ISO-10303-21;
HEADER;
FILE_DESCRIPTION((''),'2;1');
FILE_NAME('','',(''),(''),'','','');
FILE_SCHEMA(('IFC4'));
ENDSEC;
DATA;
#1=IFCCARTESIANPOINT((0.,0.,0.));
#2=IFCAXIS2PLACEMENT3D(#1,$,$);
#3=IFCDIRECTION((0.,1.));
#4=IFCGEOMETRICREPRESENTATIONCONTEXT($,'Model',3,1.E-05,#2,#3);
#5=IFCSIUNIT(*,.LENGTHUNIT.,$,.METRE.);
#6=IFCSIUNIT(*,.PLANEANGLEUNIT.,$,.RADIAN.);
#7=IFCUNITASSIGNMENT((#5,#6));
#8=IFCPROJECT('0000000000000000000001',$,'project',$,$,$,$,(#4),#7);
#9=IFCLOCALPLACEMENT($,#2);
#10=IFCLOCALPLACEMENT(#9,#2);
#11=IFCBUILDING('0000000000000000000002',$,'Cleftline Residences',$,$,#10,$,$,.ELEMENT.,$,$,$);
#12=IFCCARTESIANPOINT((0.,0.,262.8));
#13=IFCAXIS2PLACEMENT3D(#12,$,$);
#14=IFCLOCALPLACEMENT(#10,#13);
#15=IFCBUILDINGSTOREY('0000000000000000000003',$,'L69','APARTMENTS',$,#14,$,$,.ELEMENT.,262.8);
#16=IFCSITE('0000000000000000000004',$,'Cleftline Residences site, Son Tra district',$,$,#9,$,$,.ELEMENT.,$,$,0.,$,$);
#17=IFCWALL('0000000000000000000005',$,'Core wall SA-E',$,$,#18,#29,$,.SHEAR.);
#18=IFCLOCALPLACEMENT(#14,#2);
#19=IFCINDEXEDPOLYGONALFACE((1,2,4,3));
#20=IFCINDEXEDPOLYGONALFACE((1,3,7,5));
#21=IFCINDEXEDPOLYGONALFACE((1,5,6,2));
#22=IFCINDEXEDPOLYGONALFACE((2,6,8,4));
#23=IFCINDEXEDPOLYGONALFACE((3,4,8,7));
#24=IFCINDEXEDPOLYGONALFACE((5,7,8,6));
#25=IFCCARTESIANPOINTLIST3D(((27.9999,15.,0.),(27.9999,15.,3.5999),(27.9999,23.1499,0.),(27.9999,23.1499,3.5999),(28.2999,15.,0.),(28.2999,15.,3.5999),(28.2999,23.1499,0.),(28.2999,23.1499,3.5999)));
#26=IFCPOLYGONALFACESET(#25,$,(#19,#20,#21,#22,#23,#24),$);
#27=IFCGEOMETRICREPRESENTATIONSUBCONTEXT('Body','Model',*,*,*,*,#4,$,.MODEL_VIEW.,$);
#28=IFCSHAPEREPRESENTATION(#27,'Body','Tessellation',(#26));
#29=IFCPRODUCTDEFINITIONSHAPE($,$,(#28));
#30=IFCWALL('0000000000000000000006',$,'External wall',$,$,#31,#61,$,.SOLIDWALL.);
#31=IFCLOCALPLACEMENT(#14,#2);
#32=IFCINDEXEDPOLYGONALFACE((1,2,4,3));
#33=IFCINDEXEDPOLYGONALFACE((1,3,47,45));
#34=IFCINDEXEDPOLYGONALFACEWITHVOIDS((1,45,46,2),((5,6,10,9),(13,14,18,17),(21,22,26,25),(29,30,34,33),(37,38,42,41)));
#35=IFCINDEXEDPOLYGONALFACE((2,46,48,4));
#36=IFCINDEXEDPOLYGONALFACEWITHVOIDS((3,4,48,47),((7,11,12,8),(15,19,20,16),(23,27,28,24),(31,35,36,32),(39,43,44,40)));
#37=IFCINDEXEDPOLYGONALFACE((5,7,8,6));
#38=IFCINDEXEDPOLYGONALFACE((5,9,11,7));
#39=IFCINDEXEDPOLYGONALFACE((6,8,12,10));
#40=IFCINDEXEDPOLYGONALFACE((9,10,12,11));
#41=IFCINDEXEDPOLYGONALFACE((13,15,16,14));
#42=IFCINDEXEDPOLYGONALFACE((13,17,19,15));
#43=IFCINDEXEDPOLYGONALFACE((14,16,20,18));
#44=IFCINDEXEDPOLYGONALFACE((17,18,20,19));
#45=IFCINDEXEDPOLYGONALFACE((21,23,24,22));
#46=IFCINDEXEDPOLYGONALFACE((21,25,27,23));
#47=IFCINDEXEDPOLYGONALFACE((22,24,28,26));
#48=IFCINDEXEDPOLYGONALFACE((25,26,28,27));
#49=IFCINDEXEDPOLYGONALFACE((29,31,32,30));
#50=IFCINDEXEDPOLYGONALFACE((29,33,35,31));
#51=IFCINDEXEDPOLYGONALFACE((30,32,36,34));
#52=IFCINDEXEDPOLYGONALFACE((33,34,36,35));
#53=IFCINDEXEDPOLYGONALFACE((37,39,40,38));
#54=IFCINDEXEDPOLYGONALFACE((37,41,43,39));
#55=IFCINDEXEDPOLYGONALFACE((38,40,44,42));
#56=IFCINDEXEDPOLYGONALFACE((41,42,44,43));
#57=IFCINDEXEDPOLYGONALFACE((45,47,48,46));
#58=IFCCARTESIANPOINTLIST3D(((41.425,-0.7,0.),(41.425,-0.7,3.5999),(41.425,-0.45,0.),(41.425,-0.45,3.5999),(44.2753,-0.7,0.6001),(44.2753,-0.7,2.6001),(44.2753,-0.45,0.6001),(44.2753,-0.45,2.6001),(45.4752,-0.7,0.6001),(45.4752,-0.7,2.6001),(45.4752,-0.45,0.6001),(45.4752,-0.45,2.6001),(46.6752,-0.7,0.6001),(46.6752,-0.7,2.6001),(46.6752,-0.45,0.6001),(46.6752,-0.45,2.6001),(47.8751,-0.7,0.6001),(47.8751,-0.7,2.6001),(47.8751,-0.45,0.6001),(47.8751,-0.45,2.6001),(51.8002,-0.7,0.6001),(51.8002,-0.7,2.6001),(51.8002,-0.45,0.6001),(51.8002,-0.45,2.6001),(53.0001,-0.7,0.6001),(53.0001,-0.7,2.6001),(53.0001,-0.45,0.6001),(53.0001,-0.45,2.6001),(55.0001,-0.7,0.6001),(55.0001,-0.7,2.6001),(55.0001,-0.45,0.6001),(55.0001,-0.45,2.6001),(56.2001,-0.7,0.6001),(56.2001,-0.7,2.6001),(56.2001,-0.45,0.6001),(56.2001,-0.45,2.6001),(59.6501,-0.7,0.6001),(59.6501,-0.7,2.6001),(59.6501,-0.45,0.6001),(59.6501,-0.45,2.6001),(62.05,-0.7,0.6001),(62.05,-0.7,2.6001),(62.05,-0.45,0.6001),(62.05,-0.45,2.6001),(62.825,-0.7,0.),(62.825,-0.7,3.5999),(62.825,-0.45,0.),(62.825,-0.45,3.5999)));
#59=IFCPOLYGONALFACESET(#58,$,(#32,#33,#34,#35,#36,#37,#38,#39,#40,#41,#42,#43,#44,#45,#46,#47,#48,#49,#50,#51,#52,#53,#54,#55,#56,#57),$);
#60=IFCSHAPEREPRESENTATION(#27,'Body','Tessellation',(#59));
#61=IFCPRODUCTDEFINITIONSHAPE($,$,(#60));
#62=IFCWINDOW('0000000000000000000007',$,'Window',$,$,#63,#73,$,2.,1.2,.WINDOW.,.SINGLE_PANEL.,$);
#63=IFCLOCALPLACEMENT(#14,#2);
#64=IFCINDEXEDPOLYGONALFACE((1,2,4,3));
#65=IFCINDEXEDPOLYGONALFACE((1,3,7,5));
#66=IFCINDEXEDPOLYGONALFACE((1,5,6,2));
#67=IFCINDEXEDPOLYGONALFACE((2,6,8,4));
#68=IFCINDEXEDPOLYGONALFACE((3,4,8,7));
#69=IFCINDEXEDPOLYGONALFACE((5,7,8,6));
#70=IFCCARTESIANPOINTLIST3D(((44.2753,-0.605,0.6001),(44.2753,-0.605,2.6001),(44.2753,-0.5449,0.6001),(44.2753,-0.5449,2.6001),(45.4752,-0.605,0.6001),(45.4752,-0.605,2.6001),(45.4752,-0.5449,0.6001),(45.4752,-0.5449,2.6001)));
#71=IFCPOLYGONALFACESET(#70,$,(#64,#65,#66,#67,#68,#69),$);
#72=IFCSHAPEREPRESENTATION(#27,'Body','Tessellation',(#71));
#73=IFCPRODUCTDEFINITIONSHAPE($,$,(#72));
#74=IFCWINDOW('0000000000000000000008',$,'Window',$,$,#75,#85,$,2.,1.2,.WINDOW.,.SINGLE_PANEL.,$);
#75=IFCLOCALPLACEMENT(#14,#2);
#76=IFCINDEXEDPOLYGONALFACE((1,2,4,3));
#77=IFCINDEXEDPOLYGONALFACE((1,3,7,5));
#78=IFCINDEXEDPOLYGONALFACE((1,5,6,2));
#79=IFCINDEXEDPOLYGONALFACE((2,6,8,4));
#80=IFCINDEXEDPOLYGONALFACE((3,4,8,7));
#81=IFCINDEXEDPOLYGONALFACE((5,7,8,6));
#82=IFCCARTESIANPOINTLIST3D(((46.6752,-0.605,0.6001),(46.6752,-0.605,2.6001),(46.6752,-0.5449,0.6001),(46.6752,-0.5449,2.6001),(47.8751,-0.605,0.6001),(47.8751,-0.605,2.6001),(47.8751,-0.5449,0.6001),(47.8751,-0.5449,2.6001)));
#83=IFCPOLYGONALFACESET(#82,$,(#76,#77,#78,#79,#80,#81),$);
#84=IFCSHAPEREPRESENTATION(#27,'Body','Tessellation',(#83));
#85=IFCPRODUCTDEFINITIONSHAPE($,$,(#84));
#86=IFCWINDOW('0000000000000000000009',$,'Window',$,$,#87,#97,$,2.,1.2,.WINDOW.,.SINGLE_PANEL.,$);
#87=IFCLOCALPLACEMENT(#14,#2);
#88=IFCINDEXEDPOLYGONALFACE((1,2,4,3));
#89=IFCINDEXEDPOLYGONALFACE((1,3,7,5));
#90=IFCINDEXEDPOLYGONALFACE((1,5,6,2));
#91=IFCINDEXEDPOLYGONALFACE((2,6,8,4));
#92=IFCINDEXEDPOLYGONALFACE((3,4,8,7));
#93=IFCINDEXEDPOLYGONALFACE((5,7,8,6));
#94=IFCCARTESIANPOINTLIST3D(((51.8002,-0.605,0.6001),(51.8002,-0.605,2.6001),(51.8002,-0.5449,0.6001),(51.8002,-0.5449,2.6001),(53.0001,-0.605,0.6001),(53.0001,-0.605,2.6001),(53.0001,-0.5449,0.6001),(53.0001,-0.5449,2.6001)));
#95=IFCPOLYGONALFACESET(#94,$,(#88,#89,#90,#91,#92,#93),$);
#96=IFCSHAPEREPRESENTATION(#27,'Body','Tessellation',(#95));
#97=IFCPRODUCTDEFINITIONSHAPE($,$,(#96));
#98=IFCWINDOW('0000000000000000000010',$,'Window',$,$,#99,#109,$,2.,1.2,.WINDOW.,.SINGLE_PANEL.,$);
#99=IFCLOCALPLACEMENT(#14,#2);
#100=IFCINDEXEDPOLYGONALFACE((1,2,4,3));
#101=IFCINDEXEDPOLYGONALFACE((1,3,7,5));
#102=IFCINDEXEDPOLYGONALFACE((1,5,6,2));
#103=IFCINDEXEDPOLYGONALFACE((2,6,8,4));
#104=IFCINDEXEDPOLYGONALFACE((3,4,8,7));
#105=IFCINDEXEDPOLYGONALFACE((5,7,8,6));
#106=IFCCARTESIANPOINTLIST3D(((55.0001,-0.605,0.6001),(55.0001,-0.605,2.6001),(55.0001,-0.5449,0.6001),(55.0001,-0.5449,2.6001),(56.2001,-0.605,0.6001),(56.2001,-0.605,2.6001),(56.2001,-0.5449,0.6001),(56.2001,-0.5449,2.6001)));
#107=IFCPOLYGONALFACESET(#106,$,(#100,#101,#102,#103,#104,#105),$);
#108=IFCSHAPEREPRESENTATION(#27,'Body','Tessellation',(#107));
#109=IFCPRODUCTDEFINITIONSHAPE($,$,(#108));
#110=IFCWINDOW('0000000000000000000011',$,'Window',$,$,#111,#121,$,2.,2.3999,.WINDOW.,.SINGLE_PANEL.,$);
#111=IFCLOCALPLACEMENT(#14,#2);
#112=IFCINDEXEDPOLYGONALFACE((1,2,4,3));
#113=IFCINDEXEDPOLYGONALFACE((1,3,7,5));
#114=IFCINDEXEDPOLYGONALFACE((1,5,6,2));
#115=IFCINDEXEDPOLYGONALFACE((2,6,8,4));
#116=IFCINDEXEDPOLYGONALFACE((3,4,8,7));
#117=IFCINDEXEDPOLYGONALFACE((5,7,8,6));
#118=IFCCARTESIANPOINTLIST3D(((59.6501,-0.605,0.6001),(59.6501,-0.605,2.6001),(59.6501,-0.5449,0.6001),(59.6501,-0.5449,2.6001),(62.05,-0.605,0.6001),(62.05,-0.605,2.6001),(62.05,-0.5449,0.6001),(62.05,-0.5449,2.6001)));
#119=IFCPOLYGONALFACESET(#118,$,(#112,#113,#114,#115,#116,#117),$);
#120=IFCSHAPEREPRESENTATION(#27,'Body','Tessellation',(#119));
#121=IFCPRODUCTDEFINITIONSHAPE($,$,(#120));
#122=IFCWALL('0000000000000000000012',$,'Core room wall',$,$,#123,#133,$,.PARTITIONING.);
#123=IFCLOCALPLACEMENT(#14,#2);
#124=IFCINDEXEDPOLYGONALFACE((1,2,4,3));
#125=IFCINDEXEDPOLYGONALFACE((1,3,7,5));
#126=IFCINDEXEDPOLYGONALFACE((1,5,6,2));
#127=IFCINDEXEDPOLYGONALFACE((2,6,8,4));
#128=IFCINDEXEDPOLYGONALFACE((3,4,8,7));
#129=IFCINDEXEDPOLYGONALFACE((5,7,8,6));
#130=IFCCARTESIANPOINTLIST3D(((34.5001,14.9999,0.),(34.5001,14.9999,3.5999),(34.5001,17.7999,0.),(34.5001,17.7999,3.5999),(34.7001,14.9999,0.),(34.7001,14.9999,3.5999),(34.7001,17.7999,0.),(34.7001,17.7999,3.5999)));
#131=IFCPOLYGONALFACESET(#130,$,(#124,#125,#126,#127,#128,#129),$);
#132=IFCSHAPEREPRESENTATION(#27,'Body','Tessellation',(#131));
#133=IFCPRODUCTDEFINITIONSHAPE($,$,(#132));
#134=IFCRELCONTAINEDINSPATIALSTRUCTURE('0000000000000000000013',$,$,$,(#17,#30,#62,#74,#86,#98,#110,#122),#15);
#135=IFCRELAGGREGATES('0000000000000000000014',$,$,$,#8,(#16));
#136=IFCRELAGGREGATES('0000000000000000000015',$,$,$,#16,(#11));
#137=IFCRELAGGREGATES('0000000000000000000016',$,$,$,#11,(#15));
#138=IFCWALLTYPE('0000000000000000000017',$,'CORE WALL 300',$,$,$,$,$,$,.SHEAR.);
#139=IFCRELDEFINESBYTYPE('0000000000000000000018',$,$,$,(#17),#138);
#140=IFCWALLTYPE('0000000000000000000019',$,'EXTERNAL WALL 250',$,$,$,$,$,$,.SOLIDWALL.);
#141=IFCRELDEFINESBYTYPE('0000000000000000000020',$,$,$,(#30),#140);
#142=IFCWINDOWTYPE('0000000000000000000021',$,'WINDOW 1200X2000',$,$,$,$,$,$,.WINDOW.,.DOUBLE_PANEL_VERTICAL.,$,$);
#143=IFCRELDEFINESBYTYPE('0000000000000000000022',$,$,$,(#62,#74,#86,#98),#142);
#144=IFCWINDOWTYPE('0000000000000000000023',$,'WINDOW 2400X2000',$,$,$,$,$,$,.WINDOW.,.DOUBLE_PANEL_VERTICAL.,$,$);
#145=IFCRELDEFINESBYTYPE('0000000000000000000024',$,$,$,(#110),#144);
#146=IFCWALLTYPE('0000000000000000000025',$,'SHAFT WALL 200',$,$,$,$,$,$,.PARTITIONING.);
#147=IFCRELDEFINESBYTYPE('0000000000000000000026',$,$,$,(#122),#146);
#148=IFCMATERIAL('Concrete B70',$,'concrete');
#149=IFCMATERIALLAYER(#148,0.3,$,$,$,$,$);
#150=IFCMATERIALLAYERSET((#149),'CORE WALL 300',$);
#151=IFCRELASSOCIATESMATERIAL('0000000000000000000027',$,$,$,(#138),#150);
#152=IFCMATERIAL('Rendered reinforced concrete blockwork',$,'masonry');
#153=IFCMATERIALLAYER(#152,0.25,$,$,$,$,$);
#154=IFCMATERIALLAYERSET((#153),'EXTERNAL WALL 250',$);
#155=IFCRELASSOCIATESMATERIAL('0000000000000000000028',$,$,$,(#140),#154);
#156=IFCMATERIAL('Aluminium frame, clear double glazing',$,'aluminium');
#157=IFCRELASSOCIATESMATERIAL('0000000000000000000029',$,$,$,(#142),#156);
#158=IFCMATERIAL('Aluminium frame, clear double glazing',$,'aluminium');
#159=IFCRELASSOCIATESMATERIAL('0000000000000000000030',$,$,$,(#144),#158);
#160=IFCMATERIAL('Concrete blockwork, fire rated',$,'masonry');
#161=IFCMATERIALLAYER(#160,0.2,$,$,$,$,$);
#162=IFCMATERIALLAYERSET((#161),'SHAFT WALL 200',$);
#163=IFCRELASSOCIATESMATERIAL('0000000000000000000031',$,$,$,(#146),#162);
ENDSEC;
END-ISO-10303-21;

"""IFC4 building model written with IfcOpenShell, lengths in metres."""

from ifc_helpers import new_model, si_unit, direction, frame, frame_2d, origin, place, context, subcontext, project, spatial, rectangle, extrude, material, layer, layer_set, type_object, element, fill, save


model = new_model("IFC4")

# Units and contexts
model_context = context("Model", 3, precision=1e-05, world=origin(), true_north=direction((0.0, 1.0)))
body_context = subcontext(model_context, "Body", "Model", "MODEL_VIEW")
ifc_project = project(units=[si_unit("LENGTHUNIT", "METRE"), si_unit("PLANEANGLEUNIT", "RADIAN")], contexts=[model_context])

# Site, building, storey
site_placement = place(None, origin())
site = spatial("IfcSite", under=ifc_project, at=site_placement, Name="Cleftline Residences site, Son Tra district", CompositionType="ELEMENT", RefElevation=0.0)
building_placement = place(site_placement, origin())
building = spatial("IfcBuilding", under=site, at=building_placement, Name="Cleftline Residences", CompositionType="ELEMENT")
storey_placement = place(building_placement, frame((0.0, 0.0, 262.8)))
storey = spatial("IfcBuildingStorey", under=building, at=storey_placement, Name="L69", Description="APARTMENTS", CompositionType="ELEMENT", Elevation=262.8)

# Wall
ifc_material_1 = material(Name="Concrete B70", Category="concrete")
ifc_layer_1 = layer(ifc_material_1, 0.3)
ifc_layer_set_1 = layer_set([ifc_layer_1], Name="CORE WALL 300")
wall_type_1 = type_object("IfcWallType", Name="CORE WALL 300", PredefinedType="SHEAR", material=ifc_layer_set_1)
wall_1_placement = place(storey_placement, frame((28.1499, 15.0, 0.0), z_axis=(0.0, 0.0, 1.0), x_axis=(0.0, 1.0, 0.0)))
element("IfcWall", 1, at=wall_1_placement, inside=storey, type_object=wall_type_1, Name="Core wall SA-E", PredefinedType="SHEAR", context=body_context, shape_type="SweptSolid", body=[
    extrude(rectangle(XDim=8.1499, YDim=0.3, at=frame_2d((4.075, 0.0))), origin(), (0.0, 0.0, 1.0), 3.5999),
])

# Wall, openings, windows
ifc_material_2 = material(Name="Rendered reinforced concrete blockwork", Category="masonry")
ifc_layer_2 = layer(ifc_material_2, 0.25)
ifc_layer_set_2 = layer_set([ifc_layer_2], Name="EXTERNAL WALL 250")
wall_type_2 = type_object("IfcWallType", Name="EXTERNAL WALL 250", PredefinedType="SOLIDWALL", material=ifc_layer_set_2)
wall_2_placement = place(storey_placement, frame((41.425, -0.575, 0.0), z_axis=(0.0, 0.0, 1.0), x_axis=(1.0, 0.0, 0.0)))
wall_2 = element("IfcWall", 2, at=wall_2_placement, inside=storey, type_object=wall_type_2, Name="External wall", PredefinedType="SOLIDWALL", context=body_context, shape_type="SweptSolid", body=[
    extrude(rectangle(XDim=21.3999, YDim=0.25, at=frame_2d((10.7, 0.0))), origin(), (0.0, 0.0, 1.0), 3.5999),
])
opening_1_placement = place(wall_2_placement, frame((2.8501, 0.0, 0.6001)))
opening_1 = element("IfcOpeningElement", 3, at=opening_1_placement, cuts=wall_2, PredefinedType="OPENING", context=body_context, shape_type="SweptSolid", body=[
    extrude(rectangle(XDim=1.2, YDim=2.0, at=frame_2d((0.6001, 1.0))), frame((0.0, 0.135, 0.0), z_axis=(0.0, -1.0, 0.0), x_axis=(1.0, 0.0, 0.0)), (0.0, 0.0, 1.0), 0.27),
])
opening_2_placement = place(wall_2_placement, frame((5.25, 0.0, 0.6001)))
opening_2 = element("IfcOpeningElement", 4, at=opening_2_placement, cuts=wall_2, PredefinedType="OPENING", context=body_context, shape_type="SweptSolid", body=[
    extrude(rectangle(XDim=1.2, YDim=2.0, at=frame_2d((0.6001, 1.0))), frame((0.0, 0.135, 0.0), z_axis=(0.0, -1.0, 0.0), x_axis=(1.0, 0.0, 0.0)), (0.0, 0.0, 1.0), 0.27),
])
opening_3_placement = place(wall_2_placement, frame((10.375, 0.0, 0.6001)))
opening_3 = element("IfcOpeningElement", 5, at=opening_3_placement, cuts=wall_2, PredefinedType="OPENING", context=body_context, shape_type="SweptSolid", body=[
    extrude(rectangle(XDim=1.2, YDim=2.0, at=frame_2d((0.6001, 1.0))), frame((0.0, 0.135, 0.0), z_axis=(0.0, -1.0, 0.0), x_axis=(1.0, 0.0, 0.0)), (0.0, 0.0, 1.0), 0.27),
])
opening_4_placement = place(wall_2_placement, frame((13.575, 0.0, 0.6001)))
opening_4 = element("IfcOpeningElement", 6, at=opening_4_placement, cuts=wall_2, PredefinedType="OPENING", context=body_context, shape_type="SweptSolid", body=[
    extrude(rectangle(XDim=1.2, YDim=2.0, at=frame_2d((0.6001, 1.0))), frame((0.0, 0.135, 0.0), z_axis=(0.0, -1.0, 0.0), x_axis=(1.0, 0.0, 0.0)), (0.0, 0.0, 1.0), 0.27),
])
opening_5_placement = place(wall_2_placement, frame((18.2251, 0.0, 0.6001)))
opening_5 = element("IfcOpeningElement", 7, at=opening_5_placement, cuts=wall_2, PredefinedType="OPENING", context=body_context, shape_type="SweptSolid", body=[
    extrude(rectangle(XDim=2.3999, YDim=2.0, at=frame_2d((1.2, 1.0))), frame((0.0, 0.135, 0.0), z_axis=(0.0, -1.0, 0.0), x_axis=(1.0, 0.0, 0.0)), (0.0, 0.0, 1.0), 0.27),
])
ifc_material_3 = material(Name="Aluminium frame, clear double glazing", Category="aluminium")
window_type_1 = type_object("IfcWindowType", Name="WINDOW 1200X2000", PartitioningType="DOUBLE_PANEL_VERTICAL", PredefinedType="WINDOW", material=ifc_material_3)
window_1_placement = place(opening_1_placement, origin())
window_1 = element("IfcWindow", 8, at=window_1_placement, inside=storey, type_object=window_type_1, Name="Window", OverallHeight=2.0, OverallWidth=1.2, PartitioningType="SINGLE_PANEL", PredefinedType="WINDOW", context=body_context, shape_type="SweptSolid", body=[
    extrude(rectangle(XDim=1.2, YDim=2.0, at=frame_2d((0.6001, 1.0))), frame((0.0, 0.03, 0.0), z_axis=(0.0, -1.0, 0.0), x_axis=(1.0, 0.0, 0.0)), (0.0, 0.0, 1.0), 0.0601),
])
fill(opening_1, window_1)
window_2_placement = place(opening_2_placement, origin())
window_2 = element("IfcWindow", 9, at=window_2_placement, inside=storey, type_object=window_type_1, Name="Window", OverallHeight=2.0, OverallWidth=1.2, PartitioningType="SINGLE_PANEL", PredefinedType="WINDOW", context=body_context, shape_type="SweptSolid", body=[
    extrude(rectangle(XDim=1.2, YDim=2.0, at=frame_2d((0.6001, 1.0))), frame((0.0, 0.03, 0.0), z_axis=(0.0, -1.0, 0.0), x_axis=(1.0, 0.0, 0.0)), (0.0, 0.0, 1.0), 0.0601),
])
fill(opening_2, window_2)
window_3_placement = place(opening_3_placement, origin())
window_3 = element("IfcWindow", 10, at=window_3_placement, inside=storey, type_object=window_type_1, Name="Window", OverallHeight=2.0, OverallWidth=1.2, PartitioningType="SINGLE_PANEL", PredefinedType="WINDOW", context=body_context, shape_type="SweptSolid", body=[
    extrude(rectangle(XDim=1.2, YDim=2.0, at=frame_2d((0.6001, 1.0))), frame((0.0, 0.03, 0.0), z_axis=(0.0, -1.0, 0.0), x_axis=(1.0, 0.0, 0.0)), (0.0, 0.0, 1.0), 0.0601),
])
fill(opening_3, window_3)
window_4_placement = place(opening_4_placement, origin())
window_4 = element("IfcWindow", 11, at=window_4_placement, inside=storey, type_object=window_type_1, Name="Window", OverallHeight=2.0, OverallWidth=1.2, PartitioningType="SINGLE_PANEL", PredefinedType="WINDOW", context=body_context, shape_type="SweptSolid", body=[
    extrude(rectangle(XDim=1.2, YDim=2.0, at=frame_2d((0.6001, 1.0))), frame((0.0, 0.03, 0.0), z_axis=(0.0, -1.0, 0.0), x_axis=(1.0, 0.0, 0.0)), (0.0, 0.0, 1.0), 0.0601),
])
fill(opening_4, window_4)
ifc_material_4 = material(Name="Aluminium frame, clear double glazing", Category="aluminium")
window_type_2 = type_object("IfcWindowType", Name="WINDOW 2400X2000", PartitioningType="DOUBLE_PANEL_VERTICAL", PredefinedType="WINDOW", material=ifc_material_4)
window_5_placement = place(opening_5_placement, origin())
window_5 = element("IfcWindow", 12, at=window_5_placement, inside=storey, type_object=window_type_2, Name="Window", OverallHeight=2.0, OverallWidth=2.3999, PartitioningType="SINGLE_PANEL", PredefinedType="WINDOW", context=body_context, shape_type="SweptSolid", body=[
    extrude(rectangle(XDim=2.3999, YDim=2.0, at=frame_2d((1.2, 1.0))), frame((0.0, 0.03, 0.0), z_axis=(0.0, -1.0, 0.0), x_axis=(1.0, 0.0, 0.0)), (0.0, 0.0, 1.0), 0.0601),
])
fill(opening_5, window_5)

# Wall
ifc_material_5 = material(Name="Concrete blockwork, fire rated", Category="masonry")
ifc_layer_3 = layer(ifc_material_5, 0.2)
ifc_layer_set_3 = layer_set([ifc_layer_3], Name="SHAFT WALL 200")
wall_type_3 = type_object("IfcWallType", Name="SHAFT WALL 200", PredefinedType="PARTITIONING", material=ifc_layer_set_3)
wall_3_placement = place(storey_placement, frame((34.6001, 15.0, 0.0), z_axis=(0.0, 0.0, 1.0), x_axis=(0.0, 1.0, 0.0)))
element("IfcWall", 13, at=wall_3_placement, inside=storey, type_object=wall_type_3, Name="Core room wall", PredefinedType="PARTITIONING", context=body_context, shape_type="SweptSolid", body=[
    extrude(rectangle(XDim=2.8, YDim=0.2, at=frame_2d((1.3999, 0.0))), origin(), (0.0, 0.0, 1.0), 3.5999),
])

save(model, "model.ifc")
